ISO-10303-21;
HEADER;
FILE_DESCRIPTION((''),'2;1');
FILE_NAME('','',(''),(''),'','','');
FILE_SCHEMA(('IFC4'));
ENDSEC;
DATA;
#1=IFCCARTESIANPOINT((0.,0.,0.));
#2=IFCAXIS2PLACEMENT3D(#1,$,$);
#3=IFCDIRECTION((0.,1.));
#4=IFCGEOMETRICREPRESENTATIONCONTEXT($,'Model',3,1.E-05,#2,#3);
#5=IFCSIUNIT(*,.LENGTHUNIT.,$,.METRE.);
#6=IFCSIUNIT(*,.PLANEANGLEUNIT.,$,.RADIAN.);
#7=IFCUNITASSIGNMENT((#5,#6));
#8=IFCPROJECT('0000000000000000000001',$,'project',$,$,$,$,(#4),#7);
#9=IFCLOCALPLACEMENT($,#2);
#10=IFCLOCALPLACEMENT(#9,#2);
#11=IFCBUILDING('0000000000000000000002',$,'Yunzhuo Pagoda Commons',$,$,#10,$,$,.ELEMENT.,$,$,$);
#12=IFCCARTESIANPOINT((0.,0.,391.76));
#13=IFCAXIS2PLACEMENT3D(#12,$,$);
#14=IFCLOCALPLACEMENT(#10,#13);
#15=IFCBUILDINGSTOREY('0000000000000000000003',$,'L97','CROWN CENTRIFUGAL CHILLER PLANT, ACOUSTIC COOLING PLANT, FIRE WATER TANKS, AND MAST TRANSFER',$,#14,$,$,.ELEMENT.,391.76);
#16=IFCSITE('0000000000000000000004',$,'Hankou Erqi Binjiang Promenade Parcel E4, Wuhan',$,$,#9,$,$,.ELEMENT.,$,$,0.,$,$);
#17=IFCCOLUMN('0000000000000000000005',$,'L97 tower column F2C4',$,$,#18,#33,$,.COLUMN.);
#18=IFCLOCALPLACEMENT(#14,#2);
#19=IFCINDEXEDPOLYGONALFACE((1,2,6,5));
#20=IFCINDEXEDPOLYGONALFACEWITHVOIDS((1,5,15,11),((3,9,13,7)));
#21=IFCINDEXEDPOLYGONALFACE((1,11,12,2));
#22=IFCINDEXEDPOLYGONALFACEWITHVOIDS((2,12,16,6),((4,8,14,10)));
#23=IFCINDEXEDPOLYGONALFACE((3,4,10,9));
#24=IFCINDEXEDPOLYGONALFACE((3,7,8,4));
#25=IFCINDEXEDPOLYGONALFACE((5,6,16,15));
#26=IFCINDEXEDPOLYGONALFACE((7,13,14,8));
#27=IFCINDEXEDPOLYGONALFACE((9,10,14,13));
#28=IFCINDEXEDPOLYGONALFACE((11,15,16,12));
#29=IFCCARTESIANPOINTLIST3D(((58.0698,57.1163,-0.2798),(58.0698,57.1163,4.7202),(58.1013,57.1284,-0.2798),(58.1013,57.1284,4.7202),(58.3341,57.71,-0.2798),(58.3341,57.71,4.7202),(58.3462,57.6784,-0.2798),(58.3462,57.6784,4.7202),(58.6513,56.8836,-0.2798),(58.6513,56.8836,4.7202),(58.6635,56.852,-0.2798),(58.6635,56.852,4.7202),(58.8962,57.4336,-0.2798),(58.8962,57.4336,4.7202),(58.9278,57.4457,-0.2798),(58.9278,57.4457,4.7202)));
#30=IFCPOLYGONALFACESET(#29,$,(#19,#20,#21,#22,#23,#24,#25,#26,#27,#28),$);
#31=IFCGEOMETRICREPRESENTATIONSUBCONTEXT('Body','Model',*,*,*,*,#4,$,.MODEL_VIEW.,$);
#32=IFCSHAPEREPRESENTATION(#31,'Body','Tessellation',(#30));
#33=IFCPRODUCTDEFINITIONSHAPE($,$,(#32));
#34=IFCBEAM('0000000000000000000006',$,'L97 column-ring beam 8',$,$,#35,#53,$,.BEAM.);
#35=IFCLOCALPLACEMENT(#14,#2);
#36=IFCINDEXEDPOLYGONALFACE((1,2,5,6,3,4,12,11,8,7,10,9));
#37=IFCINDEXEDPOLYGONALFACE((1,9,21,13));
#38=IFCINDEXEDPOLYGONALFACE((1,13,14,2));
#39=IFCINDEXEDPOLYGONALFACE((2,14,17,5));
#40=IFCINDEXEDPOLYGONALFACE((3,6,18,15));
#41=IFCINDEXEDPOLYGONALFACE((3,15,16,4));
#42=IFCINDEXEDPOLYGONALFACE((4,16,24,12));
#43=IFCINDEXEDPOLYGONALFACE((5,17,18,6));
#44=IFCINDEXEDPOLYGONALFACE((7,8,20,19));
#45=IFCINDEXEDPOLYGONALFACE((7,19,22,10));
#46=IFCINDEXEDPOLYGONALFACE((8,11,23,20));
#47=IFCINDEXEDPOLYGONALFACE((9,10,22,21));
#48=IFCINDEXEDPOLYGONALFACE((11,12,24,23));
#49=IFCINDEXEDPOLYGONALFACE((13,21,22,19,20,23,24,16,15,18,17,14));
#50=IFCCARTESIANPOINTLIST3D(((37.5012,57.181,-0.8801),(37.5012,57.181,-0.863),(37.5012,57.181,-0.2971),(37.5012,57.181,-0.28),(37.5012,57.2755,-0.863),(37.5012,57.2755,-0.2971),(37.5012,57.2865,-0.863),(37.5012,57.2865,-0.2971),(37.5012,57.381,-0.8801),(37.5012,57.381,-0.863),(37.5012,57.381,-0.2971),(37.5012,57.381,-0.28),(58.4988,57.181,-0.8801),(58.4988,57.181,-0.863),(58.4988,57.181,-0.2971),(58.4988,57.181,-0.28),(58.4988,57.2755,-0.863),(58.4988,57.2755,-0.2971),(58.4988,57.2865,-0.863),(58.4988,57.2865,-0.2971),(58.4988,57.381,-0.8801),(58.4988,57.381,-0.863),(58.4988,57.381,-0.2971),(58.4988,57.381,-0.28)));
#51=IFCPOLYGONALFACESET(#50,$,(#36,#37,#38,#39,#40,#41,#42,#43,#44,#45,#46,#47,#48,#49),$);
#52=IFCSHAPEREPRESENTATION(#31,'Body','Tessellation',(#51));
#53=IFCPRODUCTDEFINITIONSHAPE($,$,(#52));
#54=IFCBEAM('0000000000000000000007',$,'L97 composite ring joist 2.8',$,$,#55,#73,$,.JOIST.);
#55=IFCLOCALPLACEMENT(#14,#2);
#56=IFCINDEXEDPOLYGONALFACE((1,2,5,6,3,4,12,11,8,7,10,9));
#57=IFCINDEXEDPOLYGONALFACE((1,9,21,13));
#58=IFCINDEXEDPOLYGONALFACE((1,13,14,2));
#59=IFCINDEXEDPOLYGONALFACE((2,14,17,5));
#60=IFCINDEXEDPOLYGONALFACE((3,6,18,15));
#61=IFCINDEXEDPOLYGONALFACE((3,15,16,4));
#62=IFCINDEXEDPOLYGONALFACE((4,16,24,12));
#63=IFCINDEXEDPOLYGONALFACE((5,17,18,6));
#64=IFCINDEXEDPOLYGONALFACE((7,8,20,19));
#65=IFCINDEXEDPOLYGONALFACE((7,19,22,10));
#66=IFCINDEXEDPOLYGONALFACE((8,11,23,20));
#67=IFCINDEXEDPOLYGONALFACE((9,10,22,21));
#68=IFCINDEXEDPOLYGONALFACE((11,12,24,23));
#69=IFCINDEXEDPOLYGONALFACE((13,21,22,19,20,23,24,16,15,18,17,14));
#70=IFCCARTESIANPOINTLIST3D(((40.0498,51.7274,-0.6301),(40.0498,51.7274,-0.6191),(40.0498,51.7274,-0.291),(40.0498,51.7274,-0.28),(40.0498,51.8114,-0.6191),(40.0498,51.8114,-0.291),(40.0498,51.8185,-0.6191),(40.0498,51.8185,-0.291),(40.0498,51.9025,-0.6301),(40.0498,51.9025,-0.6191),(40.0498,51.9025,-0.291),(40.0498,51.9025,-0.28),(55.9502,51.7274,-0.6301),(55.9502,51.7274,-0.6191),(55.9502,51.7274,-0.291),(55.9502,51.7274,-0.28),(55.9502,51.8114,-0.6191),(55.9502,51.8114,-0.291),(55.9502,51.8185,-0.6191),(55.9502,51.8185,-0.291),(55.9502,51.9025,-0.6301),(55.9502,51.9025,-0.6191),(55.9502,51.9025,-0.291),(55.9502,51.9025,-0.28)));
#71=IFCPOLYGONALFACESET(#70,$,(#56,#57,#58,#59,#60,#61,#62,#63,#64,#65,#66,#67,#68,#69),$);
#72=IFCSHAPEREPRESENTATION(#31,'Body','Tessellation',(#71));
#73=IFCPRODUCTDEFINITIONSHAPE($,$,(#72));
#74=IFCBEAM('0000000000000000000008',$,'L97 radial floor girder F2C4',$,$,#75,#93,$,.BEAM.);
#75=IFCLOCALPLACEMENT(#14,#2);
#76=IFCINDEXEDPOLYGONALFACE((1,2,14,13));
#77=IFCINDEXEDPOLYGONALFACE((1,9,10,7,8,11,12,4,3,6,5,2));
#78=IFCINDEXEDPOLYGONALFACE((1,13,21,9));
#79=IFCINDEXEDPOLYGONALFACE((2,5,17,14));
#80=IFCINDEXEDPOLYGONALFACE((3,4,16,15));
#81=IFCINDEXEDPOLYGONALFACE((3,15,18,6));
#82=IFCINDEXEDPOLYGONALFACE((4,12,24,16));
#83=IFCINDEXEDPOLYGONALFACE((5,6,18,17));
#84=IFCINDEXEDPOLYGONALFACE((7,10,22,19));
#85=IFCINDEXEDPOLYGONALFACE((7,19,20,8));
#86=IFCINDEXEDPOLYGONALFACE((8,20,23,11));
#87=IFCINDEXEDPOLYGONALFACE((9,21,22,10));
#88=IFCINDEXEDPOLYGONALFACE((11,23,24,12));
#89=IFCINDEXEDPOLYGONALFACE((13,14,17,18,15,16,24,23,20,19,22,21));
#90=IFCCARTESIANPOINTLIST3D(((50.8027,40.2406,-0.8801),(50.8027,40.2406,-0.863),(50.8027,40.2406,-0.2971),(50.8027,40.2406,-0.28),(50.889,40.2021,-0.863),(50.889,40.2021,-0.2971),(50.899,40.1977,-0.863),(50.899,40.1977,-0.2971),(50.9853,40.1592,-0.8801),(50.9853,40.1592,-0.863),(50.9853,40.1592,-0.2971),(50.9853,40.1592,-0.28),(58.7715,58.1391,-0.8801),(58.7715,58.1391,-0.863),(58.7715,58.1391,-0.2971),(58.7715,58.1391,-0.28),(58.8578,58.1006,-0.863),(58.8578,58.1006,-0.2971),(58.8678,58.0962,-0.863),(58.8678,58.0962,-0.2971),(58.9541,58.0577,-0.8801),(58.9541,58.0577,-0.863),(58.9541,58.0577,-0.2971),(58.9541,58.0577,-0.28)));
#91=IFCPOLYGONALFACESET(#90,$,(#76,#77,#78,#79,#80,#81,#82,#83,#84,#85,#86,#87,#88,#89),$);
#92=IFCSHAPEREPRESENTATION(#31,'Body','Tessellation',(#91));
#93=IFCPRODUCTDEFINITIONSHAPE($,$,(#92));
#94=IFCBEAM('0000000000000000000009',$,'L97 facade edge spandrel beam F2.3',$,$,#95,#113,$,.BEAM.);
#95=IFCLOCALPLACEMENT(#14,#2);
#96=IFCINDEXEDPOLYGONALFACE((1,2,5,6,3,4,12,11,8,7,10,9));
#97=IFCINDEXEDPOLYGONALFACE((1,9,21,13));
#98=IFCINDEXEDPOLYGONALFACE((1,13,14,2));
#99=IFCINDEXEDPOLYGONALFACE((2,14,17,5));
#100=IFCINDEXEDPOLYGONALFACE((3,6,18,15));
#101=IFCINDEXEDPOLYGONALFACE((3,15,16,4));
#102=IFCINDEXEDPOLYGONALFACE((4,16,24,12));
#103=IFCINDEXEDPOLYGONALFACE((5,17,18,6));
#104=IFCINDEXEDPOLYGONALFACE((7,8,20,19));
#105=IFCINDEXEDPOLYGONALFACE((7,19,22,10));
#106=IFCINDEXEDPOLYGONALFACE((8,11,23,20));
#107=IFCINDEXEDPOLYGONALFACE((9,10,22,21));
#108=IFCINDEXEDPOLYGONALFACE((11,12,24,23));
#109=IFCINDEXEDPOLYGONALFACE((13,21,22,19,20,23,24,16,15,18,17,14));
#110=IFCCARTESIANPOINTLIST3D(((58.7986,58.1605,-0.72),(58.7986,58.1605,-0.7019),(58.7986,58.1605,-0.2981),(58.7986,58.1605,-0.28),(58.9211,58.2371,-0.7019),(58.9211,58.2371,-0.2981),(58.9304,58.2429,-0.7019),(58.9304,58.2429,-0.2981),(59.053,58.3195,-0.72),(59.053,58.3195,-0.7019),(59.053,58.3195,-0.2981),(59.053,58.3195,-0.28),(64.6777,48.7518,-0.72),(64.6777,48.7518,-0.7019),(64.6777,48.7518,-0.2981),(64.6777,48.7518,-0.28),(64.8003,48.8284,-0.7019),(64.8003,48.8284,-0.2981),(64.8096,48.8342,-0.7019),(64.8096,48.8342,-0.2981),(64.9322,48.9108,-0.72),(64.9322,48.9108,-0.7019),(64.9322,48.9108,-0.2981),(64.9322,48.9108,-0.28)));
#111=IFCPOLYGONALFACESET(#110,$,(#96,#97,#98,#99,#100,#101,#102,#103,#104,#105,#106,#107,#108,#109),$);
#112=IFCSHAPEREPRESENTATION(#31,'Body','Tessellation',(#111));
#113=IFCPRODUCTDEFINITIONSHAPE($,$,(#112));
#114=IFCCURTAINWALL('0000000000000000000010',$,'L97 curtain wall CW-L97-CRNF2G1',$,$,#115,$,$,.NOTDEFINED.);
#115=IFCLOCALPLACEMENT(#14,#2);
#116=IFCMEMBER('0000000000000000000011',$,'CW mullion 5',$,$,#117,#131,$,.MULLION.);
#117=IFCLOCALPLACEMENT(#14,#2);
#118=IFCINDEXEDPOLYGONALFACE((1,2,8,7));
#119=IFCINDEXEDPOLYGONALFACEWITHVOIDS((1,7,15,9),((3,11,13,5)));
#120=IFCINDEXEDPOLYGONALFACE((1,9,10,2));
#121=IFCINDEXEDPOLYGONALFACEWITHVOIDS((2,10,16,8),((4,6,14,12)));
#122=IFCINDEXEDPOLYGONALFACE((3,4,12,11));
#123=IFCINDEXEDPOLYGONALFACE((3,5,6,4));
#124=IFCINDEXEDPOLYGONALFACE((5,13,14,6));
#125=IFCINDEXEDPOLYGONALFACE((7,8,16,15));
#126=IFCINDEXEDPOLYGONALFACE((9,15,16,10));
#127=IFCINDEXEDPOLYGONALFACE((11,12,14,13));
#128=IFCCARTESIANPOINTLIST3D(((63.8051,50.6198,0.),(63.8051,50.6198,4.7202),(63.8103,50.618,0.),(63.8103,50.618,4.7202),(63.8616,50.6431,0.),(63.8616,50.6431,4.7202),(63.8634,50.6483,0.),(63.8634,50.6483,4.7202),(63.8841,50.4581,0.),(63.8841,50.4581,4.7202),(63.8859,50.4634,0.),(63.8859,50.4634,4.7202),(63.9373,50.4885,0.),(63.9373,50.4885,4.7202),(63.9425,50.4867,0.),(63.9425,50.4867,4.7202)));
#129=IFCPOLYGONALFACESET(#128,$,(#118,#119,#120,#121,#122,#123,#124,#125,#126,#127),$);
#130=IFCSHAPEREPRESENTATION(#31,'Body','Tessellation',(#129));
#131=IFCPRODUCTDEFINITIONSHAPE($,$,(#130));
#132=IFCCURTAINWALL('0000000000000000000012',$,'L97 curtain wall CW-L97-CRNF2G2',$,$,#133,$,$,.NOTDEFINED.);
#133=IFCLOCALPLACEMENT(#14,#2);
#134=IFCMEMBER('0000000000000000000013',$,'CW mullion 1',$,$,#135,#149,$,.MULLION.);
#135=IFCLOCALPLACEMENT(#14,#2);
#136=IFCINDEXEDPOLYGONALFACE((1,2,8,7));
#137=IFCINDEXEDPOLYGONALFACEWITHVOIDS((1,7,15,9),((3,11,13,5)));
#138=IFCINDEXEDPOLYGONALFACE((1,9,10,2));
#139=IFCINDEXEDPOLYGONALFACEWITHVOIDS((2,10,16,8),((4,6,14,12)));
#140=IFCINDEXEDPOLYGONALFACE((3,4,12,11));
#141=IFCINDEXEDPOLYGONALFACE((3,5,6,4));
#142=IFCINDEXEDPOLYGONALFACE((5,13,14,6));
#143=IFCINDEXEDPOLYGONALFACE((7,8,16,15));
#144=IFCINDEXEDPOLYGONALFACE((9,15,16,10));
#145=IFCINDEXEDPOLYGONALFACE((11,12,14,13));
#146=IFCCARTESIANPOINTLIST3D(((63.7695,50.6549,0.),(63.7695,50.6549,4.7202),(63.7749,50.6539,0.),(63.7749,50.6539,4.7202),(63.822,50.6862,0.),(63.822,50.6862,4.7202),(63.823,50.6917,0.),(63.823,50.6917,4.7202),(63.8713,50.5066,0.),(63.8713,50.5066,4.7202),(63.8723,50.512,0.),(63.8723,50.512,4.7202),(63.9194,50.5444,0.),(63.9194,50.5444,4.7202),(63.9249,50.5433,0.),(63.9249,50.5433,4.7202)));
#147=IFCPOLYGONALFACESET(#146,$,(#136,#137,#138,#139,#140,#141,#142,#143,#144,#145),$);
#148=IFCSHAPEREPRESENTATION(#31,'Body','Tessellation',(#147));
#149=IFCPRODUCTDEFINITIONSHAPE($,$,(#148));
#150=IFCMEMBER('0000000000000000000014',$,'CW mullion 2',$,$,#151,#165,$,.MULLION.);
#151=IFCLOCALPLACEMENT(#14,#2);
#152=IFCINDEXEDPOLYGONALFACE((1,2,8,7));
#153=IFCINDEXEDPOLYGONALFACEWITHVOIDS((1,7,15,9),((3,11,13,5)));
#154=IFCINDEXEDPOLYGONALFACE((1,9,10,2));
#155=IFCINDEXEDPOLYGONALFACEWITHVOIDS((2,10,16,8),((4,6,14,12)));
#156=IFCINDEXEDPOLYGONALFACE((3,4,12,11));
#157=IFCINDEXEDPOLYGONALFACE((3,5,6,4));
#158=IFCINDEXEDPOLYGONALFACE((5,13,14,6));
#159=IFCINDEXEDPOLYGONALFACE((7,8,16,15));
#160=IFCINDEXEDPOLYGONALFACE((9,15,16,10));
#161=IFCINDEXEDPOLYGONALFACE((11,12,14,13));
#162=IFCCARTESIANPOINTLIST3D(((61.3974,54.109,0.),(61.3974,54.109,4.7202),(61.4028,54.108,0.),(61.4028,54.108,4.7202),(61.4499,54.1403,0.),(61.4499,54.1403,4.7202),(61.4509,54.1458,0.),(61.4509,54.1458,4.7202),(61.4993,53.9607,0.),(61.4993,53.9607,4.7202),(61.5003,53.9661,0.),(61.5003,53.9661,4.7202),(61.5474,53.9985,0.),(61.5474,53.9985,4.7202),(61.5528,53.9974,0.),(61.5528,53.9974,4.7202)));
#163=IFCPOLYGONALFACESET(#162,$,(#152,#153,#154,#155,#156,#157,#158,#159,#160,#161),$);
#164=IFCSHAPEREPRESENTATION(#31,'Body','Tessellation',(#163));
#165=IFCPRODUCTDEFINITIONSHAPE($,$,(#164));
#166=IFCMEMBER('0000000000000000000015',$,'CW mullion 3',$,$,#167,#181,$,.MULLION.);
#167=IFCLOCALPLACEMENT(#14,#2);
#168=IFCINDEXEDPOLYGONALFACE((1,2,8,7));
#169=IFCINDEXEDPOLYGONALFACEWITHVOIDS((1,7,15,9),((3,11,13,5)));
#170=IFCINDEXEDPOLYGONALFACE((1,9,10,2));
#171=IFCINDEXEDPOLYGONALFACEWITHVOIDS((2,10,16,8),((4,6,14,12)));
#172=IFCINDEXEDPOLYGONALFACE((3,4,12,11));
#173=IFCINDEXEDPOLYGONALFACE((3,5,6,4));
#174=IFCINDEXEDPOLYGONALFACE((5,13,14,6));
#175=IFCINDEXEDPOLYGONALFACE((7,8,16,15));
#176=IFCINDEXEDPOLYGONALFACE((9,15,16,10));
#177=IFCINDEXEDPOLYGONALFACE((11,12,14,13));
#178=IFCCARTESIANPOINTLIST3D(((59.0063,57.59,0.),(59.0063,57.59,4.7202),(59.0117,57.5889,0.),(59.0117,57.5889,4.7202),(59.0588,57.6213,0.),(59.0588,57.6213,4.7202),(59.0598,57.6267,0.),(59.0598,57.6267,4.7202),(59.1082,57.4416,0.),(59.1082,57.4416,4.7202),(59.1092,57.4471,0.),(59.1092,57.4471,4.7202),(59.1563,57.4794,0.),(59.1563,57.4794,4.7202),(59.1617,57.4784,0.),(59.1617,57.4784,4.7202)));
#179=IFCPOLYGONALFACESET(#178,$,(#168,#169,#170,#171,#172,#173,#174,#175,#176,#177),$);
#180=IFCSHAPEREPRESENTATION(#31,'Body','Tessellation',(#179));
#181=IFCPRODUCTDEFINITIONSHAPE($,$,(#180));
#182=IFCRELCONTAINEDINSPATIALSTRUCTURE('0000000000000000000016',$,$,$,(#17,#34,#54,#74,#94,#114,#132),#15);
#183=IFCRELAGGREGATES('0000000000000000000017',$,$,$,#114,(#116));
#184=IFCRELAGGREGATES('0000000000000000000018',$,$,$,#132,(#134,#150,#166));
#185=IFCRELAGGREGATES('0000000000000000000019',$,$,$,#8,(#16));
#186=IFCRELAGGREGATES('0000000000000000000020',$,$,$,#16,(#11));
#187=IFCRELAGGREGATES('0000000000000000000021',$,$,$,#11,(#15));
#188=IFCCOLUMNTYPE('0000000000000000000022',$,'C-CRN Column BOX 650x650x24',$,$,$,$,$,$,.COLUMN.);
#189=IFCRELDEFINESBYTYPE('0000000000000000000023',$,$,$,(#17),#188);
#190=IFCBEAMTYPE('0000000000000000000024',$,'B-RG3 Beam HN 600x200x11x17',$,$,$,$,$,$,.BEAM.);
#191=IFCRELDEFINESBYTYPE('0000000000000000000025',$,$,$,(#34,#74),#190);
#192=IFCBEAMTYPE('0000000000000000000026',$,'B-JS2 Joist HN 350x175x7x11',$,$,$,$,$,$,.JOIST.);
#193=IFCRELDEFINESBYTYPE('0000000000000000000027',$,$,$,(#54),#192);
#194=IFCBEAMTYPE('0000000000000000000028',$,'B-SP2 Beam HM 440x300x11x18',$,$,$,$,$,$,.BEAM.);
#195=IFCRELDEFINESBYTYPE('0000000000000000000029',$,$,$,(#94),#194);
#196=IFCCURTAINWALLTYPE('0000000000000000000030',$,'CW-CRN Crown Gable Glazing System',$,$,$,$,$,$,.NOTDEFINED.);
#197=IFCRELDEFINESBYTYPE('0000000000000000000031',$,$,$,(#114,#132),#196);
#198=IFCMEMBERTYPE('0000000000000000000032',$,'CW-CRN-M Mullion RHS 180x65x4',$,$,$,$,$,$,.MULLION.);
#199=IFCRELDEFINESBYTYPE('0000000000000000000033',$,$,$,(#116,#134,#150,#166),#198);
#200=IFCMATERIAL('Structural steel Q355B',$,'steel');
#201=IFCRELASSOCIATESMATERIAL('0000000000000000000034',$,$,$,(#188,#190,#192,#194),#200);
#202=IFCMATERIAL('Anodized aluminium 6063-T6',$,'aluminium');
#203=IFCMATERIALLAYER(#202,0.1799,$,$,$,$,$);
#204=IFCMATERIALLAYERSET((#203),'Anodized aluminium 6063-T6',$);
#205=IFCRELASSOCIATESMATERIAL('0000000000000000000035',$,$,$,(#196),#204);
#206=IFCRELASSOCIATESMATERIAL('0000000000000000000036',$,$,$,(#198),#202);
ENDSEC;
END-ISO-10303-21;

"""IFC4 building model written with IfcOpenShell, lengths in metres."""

from ifc_helpers import new_model, si_unit, direction, frame, origin, origin_2d, place, context, subcontext, project, spatial, hollow_rectangle, i_section, extrude, source, transform, mapped, material, layer, layer_set, material_profile, profile_set, type_object, element, aggregate, save


model = new_model("IFC4")

# Units and contexts
model_context = context("Model", 3, precision=1e-05, world=origin(), true_north=direction((0.0, 1.0)))
body_context = subcontext(model_context, "Body", "Model", "MODEL_VIEW")
ifc_project = project(units=[si_unit("LENGTHUNIT", "METRE"), si_unit("PLANEANGLEUNIT", "RADIAN")], contexts=[model_context])

# Site, building, storey
site_placement = place(None, origin())
site = spatial("IfcSite", under=ifc_project, at=site_placement, Name="Hankou Erqi Binjiang Promenade Parcel E4, Wuhan", CompositionType="ELEMENT", RefElevation=0.0)
building_placement = place(site_placement, origin())
building = spatial("IfcBuilding", under=site, at=building_placement, Name="Yunzhuo Pagoda Commons", CompositionType="ELEMENT")
storey_placement = place(building_placement, frame((0.0, 0.0, 391.76)))
storey = spatial("IfcBuildingStorey", under=building, at=storey_placement, Name="L97", Description="CROWN CENTRIFUGAL CHILLER PLANT, ACOUSTIC COOLING PLANT, FIRE WATER TANKS, AND MAST TRANSFER", CompositionType="ELEMENT", Elevation=391.76)

# Column
ifc_material_1 = material(Name="Structural steel Q355B", Category="steel")
ifc_material_profile_1 = material_profile(ifc_material_1, hollow_rectangle(XDim=0.6499, YDim=0.6499, WallThickness=0.0239, at=origin_2d()), Name="Structural steel Q355B")
ifc_profile_set_1 = profile_set([ifc_material_profile_1], Name="Structural steel Q355B")
column_type = type_object("IfcColumnType", Name="C-CRN Column BOX 650x650x24", PredefinedType="COLUMN", material=ifc_profile_set_1)
shared_shape_1 = source(origin(), body_context, "Body", "SweptSolid", [
    extrude(hollow_rectangle(XDim=0.6499, YDim=0.6499, WallThickness=0.0239, at=origin_2d()), origin(), (0.0, 0.0, 1.0), 5.0),
])
column_placement = place(storey_placement, frame((58.4988, 57.281, -0.2798), z_axis=(0.0, 0.0, 1.0), x_axis=(-0.913545, 0.406737, 0.0)))
element("IfcColumn", 1, at=column_placement, inside=storey, type_object=column_type, Name="L97 tower column F2C4", PredefinedType="COLUMN", context=body_context, shape_type="MappedRepresentation", body=[
    mapped(shared_shape_1, transform((0.0, 0.0, 0.0), scale=1.0)),
])

# Beams
ifc_material_profile_2 = material_profile(ifc_material_1, i_section(OverallWidth=0.2, OverallDepth=0.6001, WebThickness=0.011, FlangeThickness=0.0171, at=origin_2d()), Name="Structural steel Q355B")
ifc_profile_set_2 = profile_set([ifc_material_profile_2], Name="Structural steel Q355B")
beam_type_1 = type_object("IfcBeamType", Name="B-RG3 Beam HN 600x200x11x17", PredefinedType="BEAM", material=ifc_profile_set_2)
shared_shape_2 = source(origin(), body_context, "Body", "SweptSolid", [
    extrude(i_section(OverallWidth=0.2, OverallDepth=0.6001, WebThickness=0.011, FlangeThickness=0.0171, at=origin_2d()), origin(), (0.0, 0.0, 1.0), 20.9976),
])
beam_1_placement = place(storey_placement, frame((58.4988, 57.281, -0.5801), z_axis=(-1.0, 0.0, 0.0), x_axis=(0.0, -1.0, 0.0)))
element("IfcBeam", 2, at=beam_1_placement, inside=storey, type_object=beam_type_1, Name="L97 column-ring beam 8", PredefinedType="BEAM", context=body_context, shape_type="MappedRepresentation", body=[
    mapped(shared_shape_2, transform((0.0, 0.0, 0.0), scale=1.0)),
])
ifc_material_profile_3 = material_profile(ifc_material_1, i_section(OverallWidth=0.175, OverallDepth=0.3501, WebThickness=0.0071, FlangeThickness=0.011, at=origin_2d()), Name="Structural steel Q355B")
ifc_profile_set_3 = profile_set([ifc_material_profile_3], Name="Structural steel Q355B")
beam_type_2 = type_object("IfcBeamType", Name="B-JS2 Joist HN 350x175x7x11", PredefinedType="JOIST", material=ifc_profile_set_3)
shared_shape_3 = source(origin(), body_context, "Body", "SweptSolid", [
    extrude(i_section(OverallWidth=0.175, OverallDepth=0.3501, WebThickness=0.0071, FlangeThickness=0.011, at=origin_2d()), origin(), (0.0, 0.0, 1.0), 15.9004),
])
beam_2_placement = place(storey_placement, frame((55.9502, 51.8149, -0.4551), z_axis=(-1.0, 0.0, 0.0), x_axis=(0.0, -1.0, 0.0)))
element("IfcBeam", 3, at=beam_2_placement, inside=storey, type_object=beam_type_2, Name="L97 composite ring joist 2.8", PredefinedType="JOIST", context=body_context, shape_type="MappedRepresentation", body=[
    mapped(shared_shape_3, transform((0.0, 0.0, 0.0), scale=1.0)),
])
shared_shape_4 = source(origin(), body_context, "Body", "SweptSolid", [
    extrude(i_section(OverallWidth=0.2, OverallDepth=0.6001, WebThickness=0.011, FlangeThickness=0.0171, at=origin_2d()), origin(), (0.0, 0.0, 1.0), 19.5923),
])
beam_3_placement = place(storey_placement, frame((58.8628, 58.0984, -0.5801), z_axis=(-0.40673, -0.913548, 0.0), x_axis=(0.913548, -0.40673, 0.0)))
element("IfcBeam", 4, at=beam_3_placement, inside=storey, type_object=beam_type_1, Name="L97 radial floor girder F2C4", PredefinedType="BEAM", context=body_context, shape_type="MappedRepresentation", body=[
    mapped(shared_shape_4, transform((0.0, 0.0, 0.0), scale=1.0)),
])
ifc_material_profile_4 = material_profile(ifc_material_1, i_section(OverallWidth=0.3, OverallDepth=0.4399, WebThickness=0.011, FlangeThickness=0.0181, at=origin_2d()), Name="Structural steel Q355B")
ifc_profile_set_4 = profile_set([ifc_material_profile_4], Name="Structural steel Q355B")
beam_type_3 = type_object("IfcBeamType", Name="B-SP2 Beam HM 440x300x11x18", PredefinedType="BEAM", material=ifc_profile_set_4)
shared_shape_5 = source(origin(), body_context, "Body", "SweptSolid", [
    extrude(i_section(OverallWidth=0.3, OverallDepth=0.4399, WebThickness=0.011, FlangeThickness=0.0181, at=origin_2d()), origin(), (0.0, 0.0, 1.0), 11.0945),
])
beam_4_placement = place(storey_placement, frame((64.8049, 48.8313, -0.5), z_axis=(-0.529916, 0.84805, 0.0), x_axis=(-0.84805, -0.529916, 0.0)))
element("IfcBeam", 5, at=beam_4_placement, inside=storey, type_object=beam_type_3, Name="L97 facade edge spandrel beam F2.3", PredefinedType="BEAM", context=body_context, shape_type="MappedRepresentation", body=[
    mapped(shared_shape_5, transform((0.0, 0.0, 0.0), scale=1.0)),
])

# Curtain wall, member
ifc_material_2 = material(Name="Anodized aluminium 6063-T6", Category="aluminium")
ifc_layer_1 = layer(ifc_material_2, 0.1799)
ifc_layer_set_1 = layer_set([ifc_layer_1], Name="Anodized aluminium 6063-T6")
curtain_wall_type = type_object("IfcCurtainWallType", Name="CW-CRN Crown Gable Glazing System", PredefinedType="NOTDEFINED", material=ifc_layer_set_1)
curtain_wall_1_placement = place(storey_placement, origin())
curtain_wall_1 = element("IfcCurtainWall", 6, at=curtain_wall_1_placement, inside=storey, type_object=curtain_wall_type, Name="L97 curtain wall CW-L97-CRNF2G1", PredefinedType="NOTDEFINED")
ifc_material_profile_5 = material_profile(ifc_material_2, hollow_rectangle(XDim=0.0649, YDim=0.1799, WallThickness=0.0039, at=origin_2d()), Name="Anodized aluminium 6063-T6")
ifc_profile_set_5 = profile_set([ifc_material_profile_5], Name="Anodized aluminium 6063-T6")
member_type_1 = type_object("IfcMemberType", Name="CW-CRN-M Mullion RHS 180x65x4", PredefinedType="MULLION", material=ifc_profile_set_5)
shared_shape_6 = source(origin(), body_context, "Body", "SweptSolid", [
    extrude(hollow_rectangle(XDim=0.0649, YDim=0.1799, WallThickness=0.0039, at=origin_2d()), origin(), (0.0, 0.0, 1.0), 4.7202),
])
member_1_placement = place(storey_placement, frame((63.8738, 50.5532, 0.0), z_axis=(0.0, 0.0, 1.0), x_axis=(-0.898299, -0.439384, 0.0)))
member_1 = element("IfcMember", 7, at=member_1_placement, type_object=member_type_1, Name="CW mullion 5", PredefinedType="MULLION", context=body_context, shape_type="MappedRepresentation", body=[
    mapped(shared_shape_6, transform((0.0, 0.0, 0.0), scale=1.0)),
])
aggregate(curtain_wall_1, [member_1])

# Curtain wall, members
curtain_wall_2_placement = place(storey_placement, origin())
curtain_wall_2 = element("IfcCurtainWall", 8, at=curtain_wall_2_placement, inside=storey, type_object=curtain_wall_type, Name="L97 curtain wall CW-L97-CRNF2G2", PredefinedType="NOTDEFINED")
member_2_placement = place(storey_placement, frame((63.8472, 50.5991, 0.0), z_axis=(0.0, 0.0, 1.0), x_axis=(-0.824296, -0.566159, 0.0)))
member_2 = element("IfcMember", 9, at=member_2_placement, type_object=member_type_1, Name="CW mullion 1", PredefinedType="MULLION", context=body_context, shape_type="MappedRepresentation", body=[
    mapped(shared_shape_6, transform((0.0, 0.0, 0.0), scale=1.0)),
])
member_3_placement = place(storey_placement, frame((61.4751, 54.0532, 0.0), z_axis=(0.0, 0.0, 1.0), x_axis=(-0.824296, -0.566159, 0.0)))
member_3 = element("IfcMember", 10, at=member_3_placement, type_object=member_type_1, Name="CW mullion 2", PredefinedType="MULLION", context=body_context, shape_type="MappedRepresentation", body=[
    mapped(shared_shape_6, transform((0.0, 0.0, 0.0), scale=1.0)),
])
member_4_placement = place(storey_placement, frame((59.084, 57.5342, 0.0), z_axis=(0.0, 0.0, 1.0), x_axis=(-0.824296, -0.566159, 0.0)))
member_4 = element("IfcMember", 11, at=member_4_placement, type_object=member_type_1, Name="CW mullion 3", PredefinedType="MULLION", context=body_context, shape_type="MappedRepresentation", body=[
    mapped(shared_shape_6, transform((0.0, 0.0, 0.0), scale=1.0)),
])
aggregate(curtain_wall_2, [member_2, member_3, member_4])

save(model, "model.ifc")
